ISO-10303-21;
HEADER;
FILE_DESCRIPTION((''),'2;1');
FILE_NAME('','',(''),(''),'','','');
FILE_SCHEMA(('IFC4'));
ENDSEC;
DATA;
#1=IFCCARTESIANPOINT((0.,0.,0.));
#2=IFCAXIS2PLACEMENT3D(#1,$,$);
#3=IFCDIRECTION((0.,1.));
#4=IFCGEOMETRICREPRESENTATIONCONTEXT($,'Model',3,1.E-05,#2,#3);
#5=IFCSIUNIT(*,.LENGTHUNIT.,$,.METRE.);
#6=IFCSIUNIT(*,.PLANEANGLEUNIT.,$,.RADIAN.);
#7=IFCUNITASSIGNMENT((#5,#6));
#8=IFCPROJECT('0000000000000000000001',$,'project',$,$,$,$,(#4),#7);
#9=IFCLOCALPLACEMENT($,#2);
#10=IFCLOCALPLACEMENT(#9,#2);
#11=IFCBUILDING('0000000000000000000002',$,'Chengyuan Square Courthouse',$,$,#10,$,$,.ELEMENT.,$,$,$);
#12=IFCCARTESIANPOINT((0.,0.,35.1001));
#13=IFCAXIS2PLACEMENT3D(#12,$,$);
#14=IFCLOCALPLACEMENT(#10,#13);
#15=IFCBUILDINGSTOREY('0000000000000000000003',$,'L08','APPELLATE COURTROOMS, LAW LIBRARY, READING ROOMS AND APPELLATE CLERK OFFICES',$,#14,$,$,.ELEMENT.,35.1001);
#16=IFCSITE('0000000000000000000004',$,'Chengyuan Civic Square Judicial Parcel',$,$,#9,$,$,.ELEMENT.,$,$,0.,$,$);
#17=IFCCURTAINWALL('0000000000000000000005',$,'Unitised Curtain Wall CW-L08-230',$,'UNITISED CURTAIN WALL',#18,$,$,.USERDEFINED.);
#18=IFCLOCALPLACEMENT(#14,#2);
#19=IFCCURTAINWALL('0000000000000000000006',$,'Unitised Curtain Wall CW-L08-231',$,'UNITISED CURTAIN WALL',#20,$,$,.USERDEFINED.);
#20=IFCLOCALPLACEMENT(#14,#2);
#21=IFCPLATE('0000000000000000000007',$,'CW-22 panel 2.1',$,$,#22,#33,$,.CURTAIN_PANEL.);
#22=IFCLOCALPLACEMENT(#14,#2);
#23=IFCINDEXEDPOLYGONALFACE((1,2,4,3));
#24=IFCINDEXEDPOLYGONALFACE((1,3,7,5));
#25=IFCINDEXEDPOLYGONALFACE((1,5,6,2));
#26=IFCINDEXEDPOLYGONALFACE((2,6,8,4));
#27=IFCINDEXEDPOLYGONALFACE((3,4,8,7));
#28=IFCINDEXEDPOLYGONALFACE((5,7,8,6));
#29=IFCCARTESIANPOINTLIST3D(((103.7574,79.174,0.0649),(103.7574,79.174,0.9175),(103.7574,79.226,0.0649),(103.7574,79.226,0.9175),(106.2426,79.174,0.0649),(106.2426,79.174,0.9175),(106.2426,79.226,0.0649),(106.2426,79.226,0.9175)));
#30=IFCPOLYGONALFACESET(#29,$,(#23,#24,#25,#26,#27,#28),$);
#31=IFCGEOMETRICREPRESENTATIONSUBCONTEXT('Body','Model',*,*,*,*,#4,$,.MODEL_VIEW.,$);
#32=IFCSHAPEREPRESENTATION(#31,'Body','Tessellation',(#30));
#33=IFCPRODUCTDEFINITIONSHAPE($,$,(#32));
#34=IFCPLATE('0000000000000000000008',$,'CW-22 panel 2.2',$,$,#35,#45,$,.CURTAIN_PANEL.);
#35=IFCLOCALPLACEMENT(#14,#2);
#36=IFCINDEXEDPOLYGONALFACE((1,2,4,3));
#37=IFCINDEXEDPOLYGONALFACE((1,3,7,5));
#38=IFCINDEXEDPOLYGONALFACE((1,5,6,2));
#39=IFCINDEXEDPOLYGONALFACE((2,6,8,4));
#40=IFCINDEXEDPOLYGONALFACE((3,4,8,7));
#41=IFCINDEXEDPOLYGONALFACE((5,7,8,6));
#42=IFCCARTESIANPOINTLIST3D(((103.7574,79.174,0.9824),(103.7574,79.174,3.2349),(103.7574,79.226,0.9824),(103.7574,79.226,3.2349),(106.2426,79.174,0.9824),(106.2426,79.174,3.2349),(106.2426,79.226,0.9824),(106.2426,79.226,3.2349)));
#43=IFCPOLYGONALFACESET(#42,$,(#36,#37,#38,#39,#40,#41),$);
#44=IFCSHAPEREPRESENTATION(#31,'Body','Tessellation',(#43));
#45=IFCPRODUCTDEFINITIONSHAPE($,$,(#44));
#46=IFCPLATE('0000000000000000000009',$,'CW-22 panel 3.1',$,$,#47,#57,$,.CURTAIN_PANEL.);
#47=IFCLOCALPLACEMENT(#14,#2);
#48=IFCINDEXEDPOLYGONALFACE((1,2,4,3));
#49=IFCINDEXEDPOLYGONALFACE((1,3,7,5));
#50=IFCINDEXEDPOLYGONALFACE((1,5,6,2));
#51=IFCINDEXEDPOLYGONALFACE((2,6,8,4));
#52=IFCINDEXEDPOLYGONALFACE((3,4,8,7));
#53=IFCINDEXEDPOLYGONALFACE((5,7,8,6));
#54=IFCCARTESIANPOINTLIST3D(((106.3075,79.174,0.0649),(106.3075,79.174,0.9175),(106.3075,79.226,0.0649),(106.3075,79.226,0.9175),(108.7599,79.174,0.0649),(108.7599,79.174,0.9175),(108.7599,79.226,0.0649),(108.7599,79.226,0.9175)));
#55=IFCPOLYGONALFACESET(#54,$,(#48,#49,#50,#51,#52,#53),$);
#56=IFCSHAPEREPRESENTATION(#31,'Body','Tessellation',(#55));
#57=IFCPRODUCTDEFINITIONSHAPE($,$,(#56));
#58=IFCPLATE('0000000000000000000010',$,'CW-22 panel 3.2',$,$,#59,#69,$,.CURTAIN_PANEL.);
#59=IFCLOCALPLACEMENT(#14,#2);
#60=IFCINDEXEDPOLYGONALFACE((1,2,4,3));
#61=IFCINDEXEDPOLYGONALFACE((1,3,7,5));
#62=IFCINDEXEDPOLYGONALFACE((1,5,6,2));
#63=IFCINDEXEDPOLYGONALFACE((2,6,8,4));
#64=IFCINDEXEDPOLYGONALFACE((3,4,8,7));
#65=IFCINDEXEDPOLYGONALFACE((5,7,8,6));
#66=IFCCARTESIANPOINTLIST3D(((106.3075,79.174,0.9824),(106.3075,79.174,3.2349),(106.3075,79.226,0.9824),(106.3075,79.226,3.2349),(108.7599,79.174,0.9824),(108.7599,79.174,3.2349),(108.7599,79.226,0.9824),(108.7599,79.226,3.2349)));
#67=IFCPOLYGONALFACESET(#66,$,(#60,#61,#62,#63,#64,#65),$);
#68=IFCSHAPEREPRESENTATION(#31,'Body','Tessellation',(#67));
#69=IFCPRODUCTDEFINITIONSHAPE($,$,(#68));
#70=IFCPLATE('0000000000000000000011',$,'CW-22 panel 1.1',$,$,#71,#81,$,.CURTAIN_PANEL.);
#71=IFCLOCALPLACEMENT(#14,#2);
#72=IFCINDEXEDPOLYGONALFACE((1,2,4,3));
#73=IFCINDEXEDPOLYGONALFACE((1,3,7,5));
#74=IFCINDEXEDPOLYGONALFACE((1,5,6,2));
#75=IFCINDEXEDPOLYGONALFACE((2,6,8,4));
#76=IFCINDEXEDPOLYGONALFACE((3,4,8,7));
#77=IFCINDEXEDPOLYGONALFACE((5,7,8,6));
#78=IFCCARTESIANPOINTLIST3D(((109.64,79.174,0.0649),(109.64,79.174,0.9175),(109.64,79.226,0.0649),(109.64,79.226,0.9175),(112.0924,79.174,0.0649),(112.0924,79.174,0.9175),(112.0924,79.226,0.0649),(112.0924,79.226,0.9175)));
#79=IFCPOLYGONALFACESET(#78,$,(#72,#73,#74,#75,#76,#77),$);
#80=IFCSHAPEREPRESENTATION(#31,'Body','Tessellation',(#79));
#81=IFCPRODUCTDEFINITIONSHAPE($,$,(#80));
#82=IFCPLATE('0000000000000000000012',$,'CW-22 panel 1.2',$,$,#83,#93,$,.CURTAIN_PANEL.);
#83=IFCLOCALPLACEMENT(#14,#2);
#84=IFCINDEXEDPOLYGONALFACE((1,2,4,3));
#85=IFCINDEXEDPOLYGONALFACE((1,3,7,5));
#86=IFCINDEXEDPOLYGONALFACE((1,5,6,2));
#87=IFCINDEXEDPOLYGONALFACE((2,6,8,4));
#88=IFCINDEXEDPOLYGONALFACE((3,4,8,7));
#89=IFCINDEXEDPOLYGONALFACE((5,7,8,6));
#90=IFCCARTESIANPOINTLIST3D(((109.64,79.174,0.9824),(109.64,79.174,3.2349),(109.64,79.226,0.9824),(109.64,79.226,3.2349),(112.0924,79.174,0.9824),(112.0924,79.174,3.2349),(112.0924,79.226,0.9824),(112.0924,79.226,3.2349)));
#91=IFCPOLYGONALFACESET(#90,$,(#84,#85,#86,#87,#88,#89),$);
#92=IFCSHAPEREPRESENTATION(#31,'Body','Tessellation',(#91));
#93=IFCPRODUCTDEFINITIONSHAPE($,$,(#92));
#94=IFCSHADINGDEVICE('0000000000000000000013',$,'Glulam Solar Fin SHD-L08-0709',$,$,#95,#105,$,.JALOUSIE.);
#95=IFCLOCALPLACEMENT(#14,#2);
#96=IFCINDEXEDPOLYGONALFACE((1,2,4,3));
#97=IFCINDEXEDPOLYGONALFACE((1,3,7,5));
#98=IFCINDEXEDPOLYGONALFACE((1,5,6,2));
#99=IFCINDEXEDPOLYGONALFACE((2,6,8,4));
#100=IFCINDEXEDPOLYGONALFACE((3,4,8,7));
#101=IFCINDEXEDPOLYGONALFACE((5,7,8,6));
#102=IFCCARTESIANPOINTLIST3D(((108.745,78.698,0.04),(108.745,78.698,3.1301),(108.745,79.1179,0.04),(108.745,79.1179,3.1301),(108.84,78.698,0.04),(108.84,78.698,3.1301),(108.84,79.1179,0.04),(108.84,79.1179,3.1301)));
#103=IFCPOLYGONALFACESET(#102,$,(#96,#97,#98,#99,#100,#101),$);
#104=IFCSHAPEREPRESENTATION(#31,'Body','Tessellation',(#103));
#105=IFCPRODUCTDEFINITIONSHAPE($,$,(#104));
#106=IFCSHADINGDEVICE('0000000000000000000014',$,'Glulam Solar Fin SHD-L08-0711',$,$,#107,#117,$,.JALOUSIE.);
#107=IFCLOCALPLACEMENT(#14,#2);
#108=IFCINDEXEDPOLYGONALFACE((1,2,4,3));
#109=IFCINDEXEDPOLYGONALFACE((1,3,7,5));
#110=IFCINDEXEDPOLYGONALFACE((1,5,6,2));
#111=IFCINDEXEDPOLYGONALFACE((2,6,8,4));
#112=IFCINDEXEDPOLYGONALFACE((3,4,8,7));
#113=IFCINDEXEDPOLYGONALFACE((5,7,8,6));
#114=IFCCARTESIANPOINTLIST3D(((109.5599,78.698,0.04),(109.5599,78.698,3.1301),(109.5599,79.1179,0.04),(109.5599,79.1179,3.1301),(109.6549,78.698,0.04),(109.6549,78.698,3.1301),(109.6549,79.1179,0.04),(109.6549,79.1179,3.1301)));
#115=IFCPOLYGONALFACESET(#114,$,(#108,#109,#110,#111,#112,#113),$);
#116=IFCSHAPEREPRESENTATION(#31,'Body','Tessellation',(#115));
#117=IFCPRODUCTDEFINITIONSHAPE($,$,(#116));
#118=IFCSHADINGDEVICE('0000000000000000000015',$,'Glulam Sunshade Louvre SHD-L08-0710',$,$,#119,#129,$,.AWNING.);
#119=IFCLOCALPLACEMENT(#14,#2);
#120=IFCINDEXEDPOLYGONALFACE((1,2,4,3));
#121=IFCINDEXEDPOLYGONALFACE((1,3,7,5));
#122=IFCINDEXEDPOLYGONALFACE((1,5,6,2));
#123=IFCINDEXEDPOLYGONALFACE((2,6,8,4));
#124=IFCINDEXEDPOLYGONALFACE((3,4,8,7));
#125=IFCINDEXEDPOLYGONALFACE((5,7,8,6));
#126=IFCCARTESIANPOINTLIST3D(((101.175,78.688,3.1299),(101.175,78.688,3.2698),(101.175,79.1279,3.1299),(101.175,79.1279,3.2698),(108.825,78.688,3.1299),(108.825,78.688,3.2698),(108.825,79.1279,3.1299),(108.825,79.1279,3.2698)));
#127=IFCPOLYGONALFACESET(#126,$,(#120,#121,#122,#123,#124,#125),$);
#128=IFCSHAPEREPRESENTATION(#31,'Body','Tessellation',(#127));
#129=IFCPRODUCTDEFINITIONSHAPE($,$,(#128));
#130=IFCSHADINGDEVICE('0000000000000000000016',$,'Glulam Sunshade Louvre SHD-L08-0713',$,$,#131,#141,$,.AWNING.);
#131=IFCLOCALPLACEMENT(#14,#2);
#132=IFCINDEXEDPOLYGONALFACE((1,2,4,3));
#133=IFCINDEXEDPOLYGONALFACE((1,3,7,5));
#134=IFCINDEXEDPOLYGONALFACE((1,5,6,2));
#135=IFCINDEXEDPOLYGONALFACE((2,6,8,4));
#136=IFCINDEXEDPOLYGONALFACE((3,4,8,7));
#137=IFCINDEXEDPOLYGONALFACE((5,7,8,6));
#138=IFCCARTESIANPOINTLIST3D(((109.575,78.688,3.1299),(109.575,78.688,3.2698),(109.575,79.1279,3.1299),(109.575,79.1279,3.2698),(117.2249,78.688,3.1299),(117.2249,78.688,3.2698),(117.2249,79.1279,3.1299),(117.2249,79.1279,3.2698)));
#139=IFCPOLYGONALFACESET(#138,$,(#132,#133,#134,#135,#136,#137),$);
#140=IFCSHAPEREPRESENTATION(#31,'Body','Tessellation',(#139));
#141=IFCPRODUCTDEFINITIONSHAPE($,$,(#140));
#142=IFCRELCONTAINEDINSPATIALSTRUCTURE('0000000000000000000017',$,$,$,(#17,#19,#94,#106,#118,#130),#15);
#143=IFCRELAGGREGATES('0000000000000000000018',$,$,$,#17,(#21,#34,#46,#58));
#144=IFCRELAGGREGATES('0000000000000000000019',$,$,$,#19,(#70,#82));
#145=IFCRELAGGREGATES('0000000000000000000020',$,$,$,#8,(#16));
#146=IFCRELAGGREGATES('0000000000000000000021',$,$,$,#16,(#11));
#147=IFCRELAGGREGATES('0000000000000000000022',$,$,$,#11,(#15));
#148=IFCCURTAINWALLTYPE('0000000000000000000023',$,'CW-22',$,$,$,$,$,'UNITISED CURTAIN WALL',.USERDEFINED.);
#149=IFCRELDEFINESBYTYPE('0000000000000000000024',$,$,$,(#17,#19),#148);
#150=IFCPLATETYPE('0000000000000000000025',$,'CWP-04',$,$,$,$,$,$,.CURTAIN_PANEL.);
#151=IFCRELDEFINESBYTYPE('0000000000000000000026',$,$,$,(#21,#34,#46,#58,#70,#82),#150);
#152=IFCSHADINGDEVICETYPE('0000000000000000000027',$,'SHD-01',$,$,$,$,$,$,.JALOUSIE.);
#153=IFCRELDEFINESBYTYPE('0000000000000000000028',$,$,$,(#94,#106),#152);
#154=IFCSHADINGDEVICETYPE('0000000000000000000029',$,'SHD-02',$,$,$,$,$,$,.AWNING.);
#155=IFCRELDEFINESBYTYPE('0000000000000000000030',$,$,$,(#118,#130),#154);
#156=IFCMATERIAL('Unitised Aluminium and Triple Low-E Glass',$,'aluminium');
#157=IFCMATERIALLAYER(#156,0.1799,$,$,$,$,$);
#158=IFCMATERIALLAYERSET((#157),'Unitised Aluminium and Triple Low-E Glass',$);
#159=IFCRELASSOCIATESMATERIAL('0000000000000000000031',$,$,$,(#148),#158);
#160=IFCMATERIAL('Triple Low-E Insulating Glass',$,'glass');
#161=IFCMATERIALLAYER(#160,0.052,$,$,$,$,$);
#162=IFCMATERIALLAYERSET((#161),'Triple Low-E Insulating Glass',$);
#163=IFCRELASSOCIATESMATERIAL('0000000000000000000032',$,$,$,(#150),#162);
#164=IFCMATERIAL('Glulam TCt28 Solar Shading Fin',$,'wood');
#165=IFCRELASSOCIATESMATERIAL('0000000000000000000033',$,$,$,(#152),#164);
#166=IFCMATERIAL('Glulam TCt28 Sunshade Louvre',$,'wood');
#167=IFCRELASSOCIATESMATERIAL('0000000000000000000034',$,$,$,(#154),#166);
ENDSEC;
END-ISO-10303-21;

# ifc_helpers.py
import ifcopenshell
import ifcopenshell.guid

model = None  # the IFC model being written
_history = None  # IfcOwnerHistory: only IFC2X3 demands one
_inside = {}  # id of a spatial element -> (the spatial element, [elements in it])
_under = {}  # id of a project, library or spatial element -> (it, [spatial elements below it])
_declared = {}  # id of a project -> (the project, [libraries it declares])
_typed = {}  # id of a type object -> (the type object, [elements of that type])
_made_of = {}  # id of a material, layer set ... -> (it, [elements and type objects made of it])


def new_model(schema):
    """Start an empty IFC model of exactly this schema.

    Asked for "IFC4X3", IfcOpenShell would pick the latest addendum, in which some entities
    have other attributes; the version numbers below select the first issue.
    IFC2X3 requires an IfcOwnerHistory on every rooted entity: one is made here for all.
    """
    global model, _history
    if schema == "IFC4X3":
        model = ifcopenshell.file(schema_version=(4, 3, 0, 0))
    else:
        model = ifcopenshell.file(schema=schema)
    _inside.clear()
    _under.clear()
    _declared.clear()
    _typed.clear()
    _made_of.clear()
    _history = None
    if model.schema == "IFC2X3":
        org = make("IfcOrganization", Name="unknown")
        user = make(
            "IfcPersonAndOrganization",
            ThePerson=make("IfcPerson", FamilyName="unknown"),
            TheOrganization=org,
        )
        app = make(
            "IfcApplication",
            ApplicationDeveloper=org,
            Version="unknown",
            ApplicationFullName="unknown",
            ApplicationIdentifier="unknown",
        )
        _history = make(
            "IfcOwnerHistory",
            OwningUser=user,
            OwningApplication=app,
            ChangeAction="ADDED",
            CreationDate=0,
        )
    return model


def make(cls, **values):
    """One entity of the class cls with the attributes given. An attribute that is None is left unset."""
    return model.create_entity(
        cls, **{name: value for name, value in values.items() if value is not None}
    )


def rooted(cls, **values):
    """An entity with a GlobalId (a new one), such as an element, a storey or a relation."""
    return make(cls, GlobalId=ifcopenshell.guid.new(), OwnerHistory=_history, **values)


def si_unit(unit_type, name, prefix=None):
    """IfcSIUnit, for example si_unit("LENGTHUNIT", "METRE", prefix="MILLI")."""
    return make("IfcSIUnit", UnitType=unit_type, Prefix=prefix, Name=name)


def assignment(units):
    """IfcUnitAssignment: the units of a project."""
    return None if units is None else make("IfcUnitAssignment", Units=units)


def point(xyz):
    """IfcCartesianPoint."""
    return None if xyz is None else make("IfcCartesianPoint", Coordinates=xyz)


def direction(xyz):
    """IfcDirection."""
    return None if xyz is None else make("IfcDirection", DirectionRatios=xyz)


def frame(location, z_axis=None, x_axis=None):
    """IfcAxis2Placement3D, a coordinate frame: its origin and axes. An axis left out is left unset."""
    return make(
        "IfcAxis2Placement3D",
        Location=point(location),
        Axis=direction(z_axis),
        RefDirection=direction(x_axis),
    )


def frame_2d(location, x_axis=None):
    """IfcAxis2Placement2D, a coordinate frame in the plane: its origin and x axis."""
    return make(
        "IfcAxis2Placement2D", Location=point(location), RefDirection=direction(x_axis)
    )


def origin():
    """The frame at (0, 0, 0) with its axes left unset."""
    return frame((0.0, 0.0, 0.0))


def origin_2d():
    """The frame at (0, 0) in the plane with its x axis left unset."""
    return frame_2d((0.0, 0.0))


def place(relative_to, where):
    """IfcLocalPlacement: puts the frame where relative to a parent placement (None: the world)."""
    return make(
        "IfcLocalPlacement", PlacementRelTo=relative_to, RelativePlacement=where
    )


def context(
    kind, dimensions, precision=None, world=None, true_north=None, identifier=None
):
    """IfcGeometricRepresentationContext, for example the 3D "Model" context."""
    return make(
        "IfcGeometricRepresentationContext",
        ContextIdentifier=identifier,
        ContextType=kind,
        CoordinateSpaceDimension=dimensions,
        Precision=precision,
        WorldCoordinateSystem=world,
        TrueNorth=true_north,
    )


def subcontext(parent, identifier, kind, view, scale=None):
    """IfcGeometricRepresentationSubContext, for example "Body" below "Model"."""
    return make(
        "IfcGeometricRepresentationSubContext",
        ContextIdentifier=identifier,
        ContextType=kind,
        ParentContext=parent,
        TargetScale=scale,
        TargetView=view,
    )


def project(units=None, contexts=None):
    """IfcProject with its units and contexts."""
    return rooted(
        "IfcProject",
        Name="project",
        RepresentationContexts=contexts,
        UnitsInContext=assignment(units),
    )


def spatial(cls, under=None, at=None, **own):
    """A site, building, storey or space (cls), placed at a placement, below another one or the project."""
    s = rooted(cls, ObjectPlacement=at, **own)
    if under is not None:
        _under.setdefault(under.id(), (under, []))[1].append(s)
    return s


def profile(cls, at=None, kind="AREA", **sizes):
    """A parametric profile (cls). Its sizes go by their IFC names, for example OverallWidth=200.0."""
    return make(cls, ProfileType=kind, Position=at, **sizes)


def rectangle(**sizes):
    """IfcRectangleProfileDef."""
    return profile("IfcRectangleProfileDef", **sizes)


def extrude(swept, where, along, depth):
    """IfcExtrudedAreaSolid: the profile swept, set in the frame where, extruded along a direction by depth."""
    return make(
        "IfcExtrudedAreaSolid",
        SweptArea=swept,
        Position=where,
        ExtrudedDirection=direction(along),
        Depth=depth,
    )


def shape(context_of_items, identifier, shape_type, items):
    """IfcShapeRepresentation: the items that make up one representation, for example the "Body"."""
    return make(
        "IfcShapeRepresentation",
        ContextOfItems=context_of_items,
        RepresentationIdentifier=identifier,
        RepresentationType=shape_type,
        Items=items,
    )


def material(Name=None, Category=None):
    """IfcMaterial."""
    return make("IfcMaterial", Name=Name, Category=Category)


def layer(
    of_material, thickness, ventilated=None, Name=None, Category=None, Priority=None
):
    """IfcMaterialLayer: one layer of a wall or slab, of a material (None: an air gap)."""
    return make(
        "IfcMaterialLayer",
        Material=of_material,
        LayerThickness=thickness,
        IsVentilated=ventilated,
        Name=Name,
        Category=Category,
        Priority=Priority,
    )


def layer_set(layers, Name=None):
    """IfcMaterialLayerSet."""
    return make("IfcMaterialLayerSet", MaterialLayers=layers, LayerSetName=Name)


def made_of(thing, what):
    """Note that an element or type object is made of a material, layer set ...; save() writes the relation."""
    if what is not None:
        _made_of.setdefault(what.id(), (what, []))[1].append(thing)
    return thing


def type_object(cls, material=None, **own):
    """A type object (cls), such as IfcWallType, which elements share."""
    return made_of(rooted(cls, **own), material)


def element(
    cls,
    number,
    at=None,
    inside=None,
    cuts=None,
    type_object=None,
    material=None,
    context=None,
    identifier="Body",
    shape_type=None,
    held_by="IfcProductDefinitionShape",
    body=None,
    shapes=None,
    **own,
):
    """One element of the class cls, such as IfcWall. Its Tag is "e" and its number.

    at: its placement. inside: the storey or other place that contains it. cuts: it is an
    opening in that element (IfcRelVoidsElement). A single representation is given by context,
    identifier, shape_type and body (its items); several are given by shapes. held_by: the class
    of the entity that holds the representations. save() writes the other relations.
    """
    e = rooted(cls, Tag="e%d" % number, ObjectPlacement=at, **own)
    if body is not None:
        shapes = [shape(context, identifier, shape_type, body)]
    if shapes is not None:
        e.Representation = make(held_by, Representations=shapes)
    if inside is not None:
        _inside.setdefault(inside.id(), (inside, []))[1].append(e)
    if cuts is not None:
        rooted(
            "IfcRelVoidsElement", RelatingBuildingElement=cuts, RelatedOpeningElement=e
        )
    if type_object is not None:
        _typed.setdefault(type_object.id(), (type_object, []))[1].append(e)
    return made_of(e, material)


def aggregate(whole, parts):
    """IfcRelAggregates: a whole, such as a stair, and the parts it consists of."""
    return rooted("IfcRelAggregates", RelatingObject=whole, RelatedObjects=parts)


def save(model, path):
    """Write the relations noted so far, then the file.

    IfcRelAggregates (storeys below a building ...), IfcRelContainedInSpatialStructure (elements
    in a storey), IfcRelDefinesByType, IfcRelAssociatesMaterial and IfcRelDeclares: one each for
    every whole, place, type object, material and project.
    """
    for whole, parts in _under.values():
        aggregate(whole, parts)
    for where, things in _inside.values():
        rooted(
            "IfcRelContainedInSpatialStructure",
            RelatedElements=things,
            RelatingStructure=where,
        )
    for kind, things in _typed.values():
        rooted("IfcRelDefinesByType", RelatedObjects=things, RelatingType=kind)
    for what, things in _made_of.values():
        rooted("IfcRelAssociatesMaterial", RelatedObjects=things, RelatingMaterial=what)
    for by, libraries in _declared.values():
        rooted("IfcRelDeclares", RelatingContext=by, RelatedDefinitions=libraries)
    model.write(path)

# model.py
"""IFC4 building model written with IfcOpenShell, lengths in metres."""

from ifc_helpers import new_model, si_unit, direction, frame, origin, origin_2d, place, context, subcontext, project, spatial, rectangle, extrude, material, layer, layer_set, type_object, element, aggregate, save


model = new_model("IFC4")

# Units and contexts
model_context = context("Model", 3, precision=1e-05, world=origin(), true_north=direction((0.0, 1.0)))
body_context = subcontext(model_context, "Body", "Model", "MODEL_VIEW")
ifc_project = project(units=[si_unit("LENGTHUNIT", "METRE"), si_unit("PLANEANGLEUNIT", "RADIAN")], contexts=[model_context])

# Site, building, storey
site_placement = place(None, origin())
site = spatial("IfcSite", under=ifc_project, at=site_placement, Name="Chengyuan Civic Square Judicial Parcel", CompositionType="ELEMENT", RefElevation=0.0)
building_placement = place(site_placement, origin())
building = spatial("IfcBuilding", under=site, at=building_placement, Name="Chengyuan Square Courthouse", CompositionType="ELEMENT")
storey_placement = place(building_placement, frame((0.0, 0.0, 35.1001)))
storey = spatial("IfcBuildingStorey", under=building, at=storey_placement, Name="L08", Description="APPELLATE COURTROOMS, LAW LIBRARY, READING ROOMS AND APPELLATE CLERK OFFICES", CompositionType="ELEMENT", Elevation=35.1001)

# Curtain wall
ifc_material_1 = material(Name="Unitised Aluminium and Triple Low-E Glass", Category="aluminium")
ifc_layer_1 = layer(ifc_material_1, 0.1799)
ifc_layer_set_1 = layer_set([ifc_layer_1], Name="Unitised Aluminium and Triple Low-E Glass")
curtain_wall_type = type_object("IfcCurtainWallType", Name="CW-22", ElementType="UNITISED CURTAIN WALL", PredefinedType="USERDEFINED", material=ifc_layer_set_1)
curtain_wall_1_placement = place(storey_placement, origin())
curtain_wall_1 = element("IfcCurtainWall", 1, at=curtain_wall_1_placement, inside=storey, type_object=curtain_wall_type, Name="Unitised Curtain Wall CW-L08-230", ObjectType="UNITISED CURTAIN WALL", PredefinedType="USERDEFINED")

# Curtain wall
curtain_wall_2_placement = place(storey_placement, origin())
curtain_wall_2 = element("IfcCurtainWall", 2, at=curtain_wall_2_placement, inside=storey, type_object=curtain_wall_type, Name="Unitised Curtain Wall CW-L08-231", ObjectType="UNITISED CURTAIN WALL", PredefinedType="USERDEFINED")

# Plates
ifc_material_2 = material(Name="Triple Low-E Insulating Glass", Category="glass")
ifc_layer_2 = layer(ifc_material_2, 0.052)
ifc_layer_set_2 = layer_set([ifc_layer_2], Name="Triple Low-E Insulating Glass")
plate_type = type_object("IfcPlateType", Name="CWP-04", PredefinedType="CURTAIN_PANEL", material=ifc_layer_set_2)
plate_1_placement = place(storey_placement, frame((105.0, 79.2, 0.0649), z_axis=(0.0, 0.0, 1.0), x_axis=(1.0, 0.0, 0.0)))
plate_1 = element("IfcPlate", 3, at=plate_1_placement, type_object=plate_type, Name="CW-22 panel 2.1", PredefinedType="CURTAIN_PANEL", context=body_context, shape_type="SweptSolid", body=[
    extrude(rectangle(XDim=2.4851, YDim=0.052, at=origin_2d()), origin(), (0.0, 0.0, 1.0), 0.8525),
])
plate_2_placement = place(storey_placement, frame((105.0, 79.2, 0.9824), z_axis=(0.0, 0.0, 1.0), x_axis=(1.0, 0.0, 0.0)))
plate_2 = element("IfcPlate", 4, at=plate_2_placement, type_object=plate_type, Name="CW-22 panel 2.2", PredefinedType="CURTAIN_PANEL", context=body_context, shape_type="SweptSolid", body=[
    extrude(rectangle(XDim=2.4851, YDim=0.052, at=origin_2d()), origin(), (0.0, 0.0, 1.0), 2.2524),
])
plate_3_placement = place(storey_placement, frame((107.5337, 79.2, 0.0649), z_axis=(0.0, 0.0, 1.0), x_axis=(1.0, 0.0, 0.0)))
plate_3 = element("IfcPlate", 5, at=plate_3_placement, type_object=plate_type, Name="CW-22 panel 3.1", PredefinedType="CURTAIN_PANEL", context=body_context, shape_type="SweptSolid", body=[
    extrude(rectangle(XDim=2.4524, YDim=0.052, at=origin_2d()), origin(), (0.0, 0.0, 1.0), 0.8525),
])
plate_4_placement = place(storey_placement, frame((107.5337, 79.2, 0.9824), z_axis=(0.0, 0.0, 1.0), x_axis=(1.0, 0.0, 0.0)))
plate_4 = element("IfcPlate", 6, at=plate_4_placement, type_object=plate_type, Name="CW-22 panel 3.2", PredefinedType="CURTAIN_PANEL", context=body_context, shape_type="SweptSolid", body=[
    extrude(rectangle(XDim=2.4524, YDim=0.052, at=origin_2d()), origin(), (0.0, 0.0, 1.0), 2.2524),
])
aggregate(curtain_wall_1, [plate_1, plate_2, plate_3, plate_4])
plate_5_placement = place(storey_placement, frame((110.8662, 79.2, 0.0649), z_axis=(0.0, 0.0, 1.0), x_axis=(1.0, 0.0, 0.0)))
plate_5 = element("IfcPlate", 7, at=plate_5_placement, type_object=plate_type, Name="CW-22 panel 1.1", PredefinedType="CURTAIN_PANEL", context=body_context, shape_type="SweptSolid", body=[
    extrude(rectangle(XDim=2.4524, YDim=0.052, at=origin_2d()), origin(), (0.0, 0.0, 1.0), 0.8525),
])
plate_6_placement = place(storey_placement, frame((110.8662, 79.2, 0.9824), z_axis=(0.0, 0.0, 1.0), x_axis=(1.0, 0.0, 0.0)))
plate_6 = element("IfcPlate", 8, at=plate_6_placement, type_object=plate_type, Name="CW-22 panel 1.2", PredefinedType="CURTAIN_PANEL", context=body_context, shape_type="SweptSolid", body=[
    extrude(rectangle(XDim=2.4524, YDim=0.052, at=origin_2d()), origin(), (0.0, 0.0, 1.0), 2.2524),
])
aggregate(curtain_wall_2, [plate_5, plate_6])

# Shading devices
ifc_material_3 = material(Name="Glulam TCt28 Solar Shading Fin", Category="wood")
shading_device_type_1 = type_object("IfcShadingDeviceType", Name="SHD-01", PredefinedType="JALOUSIE", material=ifc_material_3)
for number, where, z_axis, x_axis, name in (
    (9, (108.7925, 78.908, 0.04), (0.0, 0.0, 1.0), (0.0, 1.0, 0.0), "Glulam Solar Fin SHD-L08-0709"),
    (10, (109.6074, 78.908, 0.04), (0.0, 0.0, 1.0), (0.0, 1.0, 0.0), "Glulam Solar Fin SHD-L08-0711"),
):
    element("IfcShadingDevice", number, at=place(storey_placement, frame(where, z_axis=z_axis, x_axis=x_axis)), inside=storey, type_object=shading_device_type_1, Name=name, PredefinedType="JALOUSIE", context=body_context, shape_type="SweptSolid", body=[
        extrude(rectangle(XDim=0.4199, YDim=0.095, at=origin_2d()), origin(), (0.0, 0.0, 1.0), 3.0901),
    ])
ifc_material_4 = material(Name="Glulam TCt28 Sunshade Louvre", Category="wood")
shading_device_type_2 = type_object("IfcShadingDeviceType", Name="SHD-02", PredefinedType="AWNING", material=ifc_material_4)
for number, where, z_axis, x_axis, name in (
    (11, (105.0, 78.908, 3.1299), (0.0, 0.0, 1.0), (1.0, 0.0, 0.0), "Glulam Sunshade Louvre SHD-L08-0710"),
    (12, (113.3999, 78.908, 3.1299), (0.0, 0.0, 1.0), (1.0, 0.0, 0.0), "Glulam Sunshade Louvre SHD-L08-0713"),
):
    element("IfcShadingDevice", number, at=place(storey_placement, frame(where, z_axis=z_axis, x_axis=x_axis)), inside=storey, type_object=shading_device_type_2, Name=name, PredefinedType="AWNING", context=body_context, shape_type="SweptSolid", body=[
        extrude(rectangle(XDim=7.6499, YDim=0.4399, at=origin_2d()), origin(), (0.0, 0.0, 1.0), 0.1399),
    ])

save(model, "model.ifc")
